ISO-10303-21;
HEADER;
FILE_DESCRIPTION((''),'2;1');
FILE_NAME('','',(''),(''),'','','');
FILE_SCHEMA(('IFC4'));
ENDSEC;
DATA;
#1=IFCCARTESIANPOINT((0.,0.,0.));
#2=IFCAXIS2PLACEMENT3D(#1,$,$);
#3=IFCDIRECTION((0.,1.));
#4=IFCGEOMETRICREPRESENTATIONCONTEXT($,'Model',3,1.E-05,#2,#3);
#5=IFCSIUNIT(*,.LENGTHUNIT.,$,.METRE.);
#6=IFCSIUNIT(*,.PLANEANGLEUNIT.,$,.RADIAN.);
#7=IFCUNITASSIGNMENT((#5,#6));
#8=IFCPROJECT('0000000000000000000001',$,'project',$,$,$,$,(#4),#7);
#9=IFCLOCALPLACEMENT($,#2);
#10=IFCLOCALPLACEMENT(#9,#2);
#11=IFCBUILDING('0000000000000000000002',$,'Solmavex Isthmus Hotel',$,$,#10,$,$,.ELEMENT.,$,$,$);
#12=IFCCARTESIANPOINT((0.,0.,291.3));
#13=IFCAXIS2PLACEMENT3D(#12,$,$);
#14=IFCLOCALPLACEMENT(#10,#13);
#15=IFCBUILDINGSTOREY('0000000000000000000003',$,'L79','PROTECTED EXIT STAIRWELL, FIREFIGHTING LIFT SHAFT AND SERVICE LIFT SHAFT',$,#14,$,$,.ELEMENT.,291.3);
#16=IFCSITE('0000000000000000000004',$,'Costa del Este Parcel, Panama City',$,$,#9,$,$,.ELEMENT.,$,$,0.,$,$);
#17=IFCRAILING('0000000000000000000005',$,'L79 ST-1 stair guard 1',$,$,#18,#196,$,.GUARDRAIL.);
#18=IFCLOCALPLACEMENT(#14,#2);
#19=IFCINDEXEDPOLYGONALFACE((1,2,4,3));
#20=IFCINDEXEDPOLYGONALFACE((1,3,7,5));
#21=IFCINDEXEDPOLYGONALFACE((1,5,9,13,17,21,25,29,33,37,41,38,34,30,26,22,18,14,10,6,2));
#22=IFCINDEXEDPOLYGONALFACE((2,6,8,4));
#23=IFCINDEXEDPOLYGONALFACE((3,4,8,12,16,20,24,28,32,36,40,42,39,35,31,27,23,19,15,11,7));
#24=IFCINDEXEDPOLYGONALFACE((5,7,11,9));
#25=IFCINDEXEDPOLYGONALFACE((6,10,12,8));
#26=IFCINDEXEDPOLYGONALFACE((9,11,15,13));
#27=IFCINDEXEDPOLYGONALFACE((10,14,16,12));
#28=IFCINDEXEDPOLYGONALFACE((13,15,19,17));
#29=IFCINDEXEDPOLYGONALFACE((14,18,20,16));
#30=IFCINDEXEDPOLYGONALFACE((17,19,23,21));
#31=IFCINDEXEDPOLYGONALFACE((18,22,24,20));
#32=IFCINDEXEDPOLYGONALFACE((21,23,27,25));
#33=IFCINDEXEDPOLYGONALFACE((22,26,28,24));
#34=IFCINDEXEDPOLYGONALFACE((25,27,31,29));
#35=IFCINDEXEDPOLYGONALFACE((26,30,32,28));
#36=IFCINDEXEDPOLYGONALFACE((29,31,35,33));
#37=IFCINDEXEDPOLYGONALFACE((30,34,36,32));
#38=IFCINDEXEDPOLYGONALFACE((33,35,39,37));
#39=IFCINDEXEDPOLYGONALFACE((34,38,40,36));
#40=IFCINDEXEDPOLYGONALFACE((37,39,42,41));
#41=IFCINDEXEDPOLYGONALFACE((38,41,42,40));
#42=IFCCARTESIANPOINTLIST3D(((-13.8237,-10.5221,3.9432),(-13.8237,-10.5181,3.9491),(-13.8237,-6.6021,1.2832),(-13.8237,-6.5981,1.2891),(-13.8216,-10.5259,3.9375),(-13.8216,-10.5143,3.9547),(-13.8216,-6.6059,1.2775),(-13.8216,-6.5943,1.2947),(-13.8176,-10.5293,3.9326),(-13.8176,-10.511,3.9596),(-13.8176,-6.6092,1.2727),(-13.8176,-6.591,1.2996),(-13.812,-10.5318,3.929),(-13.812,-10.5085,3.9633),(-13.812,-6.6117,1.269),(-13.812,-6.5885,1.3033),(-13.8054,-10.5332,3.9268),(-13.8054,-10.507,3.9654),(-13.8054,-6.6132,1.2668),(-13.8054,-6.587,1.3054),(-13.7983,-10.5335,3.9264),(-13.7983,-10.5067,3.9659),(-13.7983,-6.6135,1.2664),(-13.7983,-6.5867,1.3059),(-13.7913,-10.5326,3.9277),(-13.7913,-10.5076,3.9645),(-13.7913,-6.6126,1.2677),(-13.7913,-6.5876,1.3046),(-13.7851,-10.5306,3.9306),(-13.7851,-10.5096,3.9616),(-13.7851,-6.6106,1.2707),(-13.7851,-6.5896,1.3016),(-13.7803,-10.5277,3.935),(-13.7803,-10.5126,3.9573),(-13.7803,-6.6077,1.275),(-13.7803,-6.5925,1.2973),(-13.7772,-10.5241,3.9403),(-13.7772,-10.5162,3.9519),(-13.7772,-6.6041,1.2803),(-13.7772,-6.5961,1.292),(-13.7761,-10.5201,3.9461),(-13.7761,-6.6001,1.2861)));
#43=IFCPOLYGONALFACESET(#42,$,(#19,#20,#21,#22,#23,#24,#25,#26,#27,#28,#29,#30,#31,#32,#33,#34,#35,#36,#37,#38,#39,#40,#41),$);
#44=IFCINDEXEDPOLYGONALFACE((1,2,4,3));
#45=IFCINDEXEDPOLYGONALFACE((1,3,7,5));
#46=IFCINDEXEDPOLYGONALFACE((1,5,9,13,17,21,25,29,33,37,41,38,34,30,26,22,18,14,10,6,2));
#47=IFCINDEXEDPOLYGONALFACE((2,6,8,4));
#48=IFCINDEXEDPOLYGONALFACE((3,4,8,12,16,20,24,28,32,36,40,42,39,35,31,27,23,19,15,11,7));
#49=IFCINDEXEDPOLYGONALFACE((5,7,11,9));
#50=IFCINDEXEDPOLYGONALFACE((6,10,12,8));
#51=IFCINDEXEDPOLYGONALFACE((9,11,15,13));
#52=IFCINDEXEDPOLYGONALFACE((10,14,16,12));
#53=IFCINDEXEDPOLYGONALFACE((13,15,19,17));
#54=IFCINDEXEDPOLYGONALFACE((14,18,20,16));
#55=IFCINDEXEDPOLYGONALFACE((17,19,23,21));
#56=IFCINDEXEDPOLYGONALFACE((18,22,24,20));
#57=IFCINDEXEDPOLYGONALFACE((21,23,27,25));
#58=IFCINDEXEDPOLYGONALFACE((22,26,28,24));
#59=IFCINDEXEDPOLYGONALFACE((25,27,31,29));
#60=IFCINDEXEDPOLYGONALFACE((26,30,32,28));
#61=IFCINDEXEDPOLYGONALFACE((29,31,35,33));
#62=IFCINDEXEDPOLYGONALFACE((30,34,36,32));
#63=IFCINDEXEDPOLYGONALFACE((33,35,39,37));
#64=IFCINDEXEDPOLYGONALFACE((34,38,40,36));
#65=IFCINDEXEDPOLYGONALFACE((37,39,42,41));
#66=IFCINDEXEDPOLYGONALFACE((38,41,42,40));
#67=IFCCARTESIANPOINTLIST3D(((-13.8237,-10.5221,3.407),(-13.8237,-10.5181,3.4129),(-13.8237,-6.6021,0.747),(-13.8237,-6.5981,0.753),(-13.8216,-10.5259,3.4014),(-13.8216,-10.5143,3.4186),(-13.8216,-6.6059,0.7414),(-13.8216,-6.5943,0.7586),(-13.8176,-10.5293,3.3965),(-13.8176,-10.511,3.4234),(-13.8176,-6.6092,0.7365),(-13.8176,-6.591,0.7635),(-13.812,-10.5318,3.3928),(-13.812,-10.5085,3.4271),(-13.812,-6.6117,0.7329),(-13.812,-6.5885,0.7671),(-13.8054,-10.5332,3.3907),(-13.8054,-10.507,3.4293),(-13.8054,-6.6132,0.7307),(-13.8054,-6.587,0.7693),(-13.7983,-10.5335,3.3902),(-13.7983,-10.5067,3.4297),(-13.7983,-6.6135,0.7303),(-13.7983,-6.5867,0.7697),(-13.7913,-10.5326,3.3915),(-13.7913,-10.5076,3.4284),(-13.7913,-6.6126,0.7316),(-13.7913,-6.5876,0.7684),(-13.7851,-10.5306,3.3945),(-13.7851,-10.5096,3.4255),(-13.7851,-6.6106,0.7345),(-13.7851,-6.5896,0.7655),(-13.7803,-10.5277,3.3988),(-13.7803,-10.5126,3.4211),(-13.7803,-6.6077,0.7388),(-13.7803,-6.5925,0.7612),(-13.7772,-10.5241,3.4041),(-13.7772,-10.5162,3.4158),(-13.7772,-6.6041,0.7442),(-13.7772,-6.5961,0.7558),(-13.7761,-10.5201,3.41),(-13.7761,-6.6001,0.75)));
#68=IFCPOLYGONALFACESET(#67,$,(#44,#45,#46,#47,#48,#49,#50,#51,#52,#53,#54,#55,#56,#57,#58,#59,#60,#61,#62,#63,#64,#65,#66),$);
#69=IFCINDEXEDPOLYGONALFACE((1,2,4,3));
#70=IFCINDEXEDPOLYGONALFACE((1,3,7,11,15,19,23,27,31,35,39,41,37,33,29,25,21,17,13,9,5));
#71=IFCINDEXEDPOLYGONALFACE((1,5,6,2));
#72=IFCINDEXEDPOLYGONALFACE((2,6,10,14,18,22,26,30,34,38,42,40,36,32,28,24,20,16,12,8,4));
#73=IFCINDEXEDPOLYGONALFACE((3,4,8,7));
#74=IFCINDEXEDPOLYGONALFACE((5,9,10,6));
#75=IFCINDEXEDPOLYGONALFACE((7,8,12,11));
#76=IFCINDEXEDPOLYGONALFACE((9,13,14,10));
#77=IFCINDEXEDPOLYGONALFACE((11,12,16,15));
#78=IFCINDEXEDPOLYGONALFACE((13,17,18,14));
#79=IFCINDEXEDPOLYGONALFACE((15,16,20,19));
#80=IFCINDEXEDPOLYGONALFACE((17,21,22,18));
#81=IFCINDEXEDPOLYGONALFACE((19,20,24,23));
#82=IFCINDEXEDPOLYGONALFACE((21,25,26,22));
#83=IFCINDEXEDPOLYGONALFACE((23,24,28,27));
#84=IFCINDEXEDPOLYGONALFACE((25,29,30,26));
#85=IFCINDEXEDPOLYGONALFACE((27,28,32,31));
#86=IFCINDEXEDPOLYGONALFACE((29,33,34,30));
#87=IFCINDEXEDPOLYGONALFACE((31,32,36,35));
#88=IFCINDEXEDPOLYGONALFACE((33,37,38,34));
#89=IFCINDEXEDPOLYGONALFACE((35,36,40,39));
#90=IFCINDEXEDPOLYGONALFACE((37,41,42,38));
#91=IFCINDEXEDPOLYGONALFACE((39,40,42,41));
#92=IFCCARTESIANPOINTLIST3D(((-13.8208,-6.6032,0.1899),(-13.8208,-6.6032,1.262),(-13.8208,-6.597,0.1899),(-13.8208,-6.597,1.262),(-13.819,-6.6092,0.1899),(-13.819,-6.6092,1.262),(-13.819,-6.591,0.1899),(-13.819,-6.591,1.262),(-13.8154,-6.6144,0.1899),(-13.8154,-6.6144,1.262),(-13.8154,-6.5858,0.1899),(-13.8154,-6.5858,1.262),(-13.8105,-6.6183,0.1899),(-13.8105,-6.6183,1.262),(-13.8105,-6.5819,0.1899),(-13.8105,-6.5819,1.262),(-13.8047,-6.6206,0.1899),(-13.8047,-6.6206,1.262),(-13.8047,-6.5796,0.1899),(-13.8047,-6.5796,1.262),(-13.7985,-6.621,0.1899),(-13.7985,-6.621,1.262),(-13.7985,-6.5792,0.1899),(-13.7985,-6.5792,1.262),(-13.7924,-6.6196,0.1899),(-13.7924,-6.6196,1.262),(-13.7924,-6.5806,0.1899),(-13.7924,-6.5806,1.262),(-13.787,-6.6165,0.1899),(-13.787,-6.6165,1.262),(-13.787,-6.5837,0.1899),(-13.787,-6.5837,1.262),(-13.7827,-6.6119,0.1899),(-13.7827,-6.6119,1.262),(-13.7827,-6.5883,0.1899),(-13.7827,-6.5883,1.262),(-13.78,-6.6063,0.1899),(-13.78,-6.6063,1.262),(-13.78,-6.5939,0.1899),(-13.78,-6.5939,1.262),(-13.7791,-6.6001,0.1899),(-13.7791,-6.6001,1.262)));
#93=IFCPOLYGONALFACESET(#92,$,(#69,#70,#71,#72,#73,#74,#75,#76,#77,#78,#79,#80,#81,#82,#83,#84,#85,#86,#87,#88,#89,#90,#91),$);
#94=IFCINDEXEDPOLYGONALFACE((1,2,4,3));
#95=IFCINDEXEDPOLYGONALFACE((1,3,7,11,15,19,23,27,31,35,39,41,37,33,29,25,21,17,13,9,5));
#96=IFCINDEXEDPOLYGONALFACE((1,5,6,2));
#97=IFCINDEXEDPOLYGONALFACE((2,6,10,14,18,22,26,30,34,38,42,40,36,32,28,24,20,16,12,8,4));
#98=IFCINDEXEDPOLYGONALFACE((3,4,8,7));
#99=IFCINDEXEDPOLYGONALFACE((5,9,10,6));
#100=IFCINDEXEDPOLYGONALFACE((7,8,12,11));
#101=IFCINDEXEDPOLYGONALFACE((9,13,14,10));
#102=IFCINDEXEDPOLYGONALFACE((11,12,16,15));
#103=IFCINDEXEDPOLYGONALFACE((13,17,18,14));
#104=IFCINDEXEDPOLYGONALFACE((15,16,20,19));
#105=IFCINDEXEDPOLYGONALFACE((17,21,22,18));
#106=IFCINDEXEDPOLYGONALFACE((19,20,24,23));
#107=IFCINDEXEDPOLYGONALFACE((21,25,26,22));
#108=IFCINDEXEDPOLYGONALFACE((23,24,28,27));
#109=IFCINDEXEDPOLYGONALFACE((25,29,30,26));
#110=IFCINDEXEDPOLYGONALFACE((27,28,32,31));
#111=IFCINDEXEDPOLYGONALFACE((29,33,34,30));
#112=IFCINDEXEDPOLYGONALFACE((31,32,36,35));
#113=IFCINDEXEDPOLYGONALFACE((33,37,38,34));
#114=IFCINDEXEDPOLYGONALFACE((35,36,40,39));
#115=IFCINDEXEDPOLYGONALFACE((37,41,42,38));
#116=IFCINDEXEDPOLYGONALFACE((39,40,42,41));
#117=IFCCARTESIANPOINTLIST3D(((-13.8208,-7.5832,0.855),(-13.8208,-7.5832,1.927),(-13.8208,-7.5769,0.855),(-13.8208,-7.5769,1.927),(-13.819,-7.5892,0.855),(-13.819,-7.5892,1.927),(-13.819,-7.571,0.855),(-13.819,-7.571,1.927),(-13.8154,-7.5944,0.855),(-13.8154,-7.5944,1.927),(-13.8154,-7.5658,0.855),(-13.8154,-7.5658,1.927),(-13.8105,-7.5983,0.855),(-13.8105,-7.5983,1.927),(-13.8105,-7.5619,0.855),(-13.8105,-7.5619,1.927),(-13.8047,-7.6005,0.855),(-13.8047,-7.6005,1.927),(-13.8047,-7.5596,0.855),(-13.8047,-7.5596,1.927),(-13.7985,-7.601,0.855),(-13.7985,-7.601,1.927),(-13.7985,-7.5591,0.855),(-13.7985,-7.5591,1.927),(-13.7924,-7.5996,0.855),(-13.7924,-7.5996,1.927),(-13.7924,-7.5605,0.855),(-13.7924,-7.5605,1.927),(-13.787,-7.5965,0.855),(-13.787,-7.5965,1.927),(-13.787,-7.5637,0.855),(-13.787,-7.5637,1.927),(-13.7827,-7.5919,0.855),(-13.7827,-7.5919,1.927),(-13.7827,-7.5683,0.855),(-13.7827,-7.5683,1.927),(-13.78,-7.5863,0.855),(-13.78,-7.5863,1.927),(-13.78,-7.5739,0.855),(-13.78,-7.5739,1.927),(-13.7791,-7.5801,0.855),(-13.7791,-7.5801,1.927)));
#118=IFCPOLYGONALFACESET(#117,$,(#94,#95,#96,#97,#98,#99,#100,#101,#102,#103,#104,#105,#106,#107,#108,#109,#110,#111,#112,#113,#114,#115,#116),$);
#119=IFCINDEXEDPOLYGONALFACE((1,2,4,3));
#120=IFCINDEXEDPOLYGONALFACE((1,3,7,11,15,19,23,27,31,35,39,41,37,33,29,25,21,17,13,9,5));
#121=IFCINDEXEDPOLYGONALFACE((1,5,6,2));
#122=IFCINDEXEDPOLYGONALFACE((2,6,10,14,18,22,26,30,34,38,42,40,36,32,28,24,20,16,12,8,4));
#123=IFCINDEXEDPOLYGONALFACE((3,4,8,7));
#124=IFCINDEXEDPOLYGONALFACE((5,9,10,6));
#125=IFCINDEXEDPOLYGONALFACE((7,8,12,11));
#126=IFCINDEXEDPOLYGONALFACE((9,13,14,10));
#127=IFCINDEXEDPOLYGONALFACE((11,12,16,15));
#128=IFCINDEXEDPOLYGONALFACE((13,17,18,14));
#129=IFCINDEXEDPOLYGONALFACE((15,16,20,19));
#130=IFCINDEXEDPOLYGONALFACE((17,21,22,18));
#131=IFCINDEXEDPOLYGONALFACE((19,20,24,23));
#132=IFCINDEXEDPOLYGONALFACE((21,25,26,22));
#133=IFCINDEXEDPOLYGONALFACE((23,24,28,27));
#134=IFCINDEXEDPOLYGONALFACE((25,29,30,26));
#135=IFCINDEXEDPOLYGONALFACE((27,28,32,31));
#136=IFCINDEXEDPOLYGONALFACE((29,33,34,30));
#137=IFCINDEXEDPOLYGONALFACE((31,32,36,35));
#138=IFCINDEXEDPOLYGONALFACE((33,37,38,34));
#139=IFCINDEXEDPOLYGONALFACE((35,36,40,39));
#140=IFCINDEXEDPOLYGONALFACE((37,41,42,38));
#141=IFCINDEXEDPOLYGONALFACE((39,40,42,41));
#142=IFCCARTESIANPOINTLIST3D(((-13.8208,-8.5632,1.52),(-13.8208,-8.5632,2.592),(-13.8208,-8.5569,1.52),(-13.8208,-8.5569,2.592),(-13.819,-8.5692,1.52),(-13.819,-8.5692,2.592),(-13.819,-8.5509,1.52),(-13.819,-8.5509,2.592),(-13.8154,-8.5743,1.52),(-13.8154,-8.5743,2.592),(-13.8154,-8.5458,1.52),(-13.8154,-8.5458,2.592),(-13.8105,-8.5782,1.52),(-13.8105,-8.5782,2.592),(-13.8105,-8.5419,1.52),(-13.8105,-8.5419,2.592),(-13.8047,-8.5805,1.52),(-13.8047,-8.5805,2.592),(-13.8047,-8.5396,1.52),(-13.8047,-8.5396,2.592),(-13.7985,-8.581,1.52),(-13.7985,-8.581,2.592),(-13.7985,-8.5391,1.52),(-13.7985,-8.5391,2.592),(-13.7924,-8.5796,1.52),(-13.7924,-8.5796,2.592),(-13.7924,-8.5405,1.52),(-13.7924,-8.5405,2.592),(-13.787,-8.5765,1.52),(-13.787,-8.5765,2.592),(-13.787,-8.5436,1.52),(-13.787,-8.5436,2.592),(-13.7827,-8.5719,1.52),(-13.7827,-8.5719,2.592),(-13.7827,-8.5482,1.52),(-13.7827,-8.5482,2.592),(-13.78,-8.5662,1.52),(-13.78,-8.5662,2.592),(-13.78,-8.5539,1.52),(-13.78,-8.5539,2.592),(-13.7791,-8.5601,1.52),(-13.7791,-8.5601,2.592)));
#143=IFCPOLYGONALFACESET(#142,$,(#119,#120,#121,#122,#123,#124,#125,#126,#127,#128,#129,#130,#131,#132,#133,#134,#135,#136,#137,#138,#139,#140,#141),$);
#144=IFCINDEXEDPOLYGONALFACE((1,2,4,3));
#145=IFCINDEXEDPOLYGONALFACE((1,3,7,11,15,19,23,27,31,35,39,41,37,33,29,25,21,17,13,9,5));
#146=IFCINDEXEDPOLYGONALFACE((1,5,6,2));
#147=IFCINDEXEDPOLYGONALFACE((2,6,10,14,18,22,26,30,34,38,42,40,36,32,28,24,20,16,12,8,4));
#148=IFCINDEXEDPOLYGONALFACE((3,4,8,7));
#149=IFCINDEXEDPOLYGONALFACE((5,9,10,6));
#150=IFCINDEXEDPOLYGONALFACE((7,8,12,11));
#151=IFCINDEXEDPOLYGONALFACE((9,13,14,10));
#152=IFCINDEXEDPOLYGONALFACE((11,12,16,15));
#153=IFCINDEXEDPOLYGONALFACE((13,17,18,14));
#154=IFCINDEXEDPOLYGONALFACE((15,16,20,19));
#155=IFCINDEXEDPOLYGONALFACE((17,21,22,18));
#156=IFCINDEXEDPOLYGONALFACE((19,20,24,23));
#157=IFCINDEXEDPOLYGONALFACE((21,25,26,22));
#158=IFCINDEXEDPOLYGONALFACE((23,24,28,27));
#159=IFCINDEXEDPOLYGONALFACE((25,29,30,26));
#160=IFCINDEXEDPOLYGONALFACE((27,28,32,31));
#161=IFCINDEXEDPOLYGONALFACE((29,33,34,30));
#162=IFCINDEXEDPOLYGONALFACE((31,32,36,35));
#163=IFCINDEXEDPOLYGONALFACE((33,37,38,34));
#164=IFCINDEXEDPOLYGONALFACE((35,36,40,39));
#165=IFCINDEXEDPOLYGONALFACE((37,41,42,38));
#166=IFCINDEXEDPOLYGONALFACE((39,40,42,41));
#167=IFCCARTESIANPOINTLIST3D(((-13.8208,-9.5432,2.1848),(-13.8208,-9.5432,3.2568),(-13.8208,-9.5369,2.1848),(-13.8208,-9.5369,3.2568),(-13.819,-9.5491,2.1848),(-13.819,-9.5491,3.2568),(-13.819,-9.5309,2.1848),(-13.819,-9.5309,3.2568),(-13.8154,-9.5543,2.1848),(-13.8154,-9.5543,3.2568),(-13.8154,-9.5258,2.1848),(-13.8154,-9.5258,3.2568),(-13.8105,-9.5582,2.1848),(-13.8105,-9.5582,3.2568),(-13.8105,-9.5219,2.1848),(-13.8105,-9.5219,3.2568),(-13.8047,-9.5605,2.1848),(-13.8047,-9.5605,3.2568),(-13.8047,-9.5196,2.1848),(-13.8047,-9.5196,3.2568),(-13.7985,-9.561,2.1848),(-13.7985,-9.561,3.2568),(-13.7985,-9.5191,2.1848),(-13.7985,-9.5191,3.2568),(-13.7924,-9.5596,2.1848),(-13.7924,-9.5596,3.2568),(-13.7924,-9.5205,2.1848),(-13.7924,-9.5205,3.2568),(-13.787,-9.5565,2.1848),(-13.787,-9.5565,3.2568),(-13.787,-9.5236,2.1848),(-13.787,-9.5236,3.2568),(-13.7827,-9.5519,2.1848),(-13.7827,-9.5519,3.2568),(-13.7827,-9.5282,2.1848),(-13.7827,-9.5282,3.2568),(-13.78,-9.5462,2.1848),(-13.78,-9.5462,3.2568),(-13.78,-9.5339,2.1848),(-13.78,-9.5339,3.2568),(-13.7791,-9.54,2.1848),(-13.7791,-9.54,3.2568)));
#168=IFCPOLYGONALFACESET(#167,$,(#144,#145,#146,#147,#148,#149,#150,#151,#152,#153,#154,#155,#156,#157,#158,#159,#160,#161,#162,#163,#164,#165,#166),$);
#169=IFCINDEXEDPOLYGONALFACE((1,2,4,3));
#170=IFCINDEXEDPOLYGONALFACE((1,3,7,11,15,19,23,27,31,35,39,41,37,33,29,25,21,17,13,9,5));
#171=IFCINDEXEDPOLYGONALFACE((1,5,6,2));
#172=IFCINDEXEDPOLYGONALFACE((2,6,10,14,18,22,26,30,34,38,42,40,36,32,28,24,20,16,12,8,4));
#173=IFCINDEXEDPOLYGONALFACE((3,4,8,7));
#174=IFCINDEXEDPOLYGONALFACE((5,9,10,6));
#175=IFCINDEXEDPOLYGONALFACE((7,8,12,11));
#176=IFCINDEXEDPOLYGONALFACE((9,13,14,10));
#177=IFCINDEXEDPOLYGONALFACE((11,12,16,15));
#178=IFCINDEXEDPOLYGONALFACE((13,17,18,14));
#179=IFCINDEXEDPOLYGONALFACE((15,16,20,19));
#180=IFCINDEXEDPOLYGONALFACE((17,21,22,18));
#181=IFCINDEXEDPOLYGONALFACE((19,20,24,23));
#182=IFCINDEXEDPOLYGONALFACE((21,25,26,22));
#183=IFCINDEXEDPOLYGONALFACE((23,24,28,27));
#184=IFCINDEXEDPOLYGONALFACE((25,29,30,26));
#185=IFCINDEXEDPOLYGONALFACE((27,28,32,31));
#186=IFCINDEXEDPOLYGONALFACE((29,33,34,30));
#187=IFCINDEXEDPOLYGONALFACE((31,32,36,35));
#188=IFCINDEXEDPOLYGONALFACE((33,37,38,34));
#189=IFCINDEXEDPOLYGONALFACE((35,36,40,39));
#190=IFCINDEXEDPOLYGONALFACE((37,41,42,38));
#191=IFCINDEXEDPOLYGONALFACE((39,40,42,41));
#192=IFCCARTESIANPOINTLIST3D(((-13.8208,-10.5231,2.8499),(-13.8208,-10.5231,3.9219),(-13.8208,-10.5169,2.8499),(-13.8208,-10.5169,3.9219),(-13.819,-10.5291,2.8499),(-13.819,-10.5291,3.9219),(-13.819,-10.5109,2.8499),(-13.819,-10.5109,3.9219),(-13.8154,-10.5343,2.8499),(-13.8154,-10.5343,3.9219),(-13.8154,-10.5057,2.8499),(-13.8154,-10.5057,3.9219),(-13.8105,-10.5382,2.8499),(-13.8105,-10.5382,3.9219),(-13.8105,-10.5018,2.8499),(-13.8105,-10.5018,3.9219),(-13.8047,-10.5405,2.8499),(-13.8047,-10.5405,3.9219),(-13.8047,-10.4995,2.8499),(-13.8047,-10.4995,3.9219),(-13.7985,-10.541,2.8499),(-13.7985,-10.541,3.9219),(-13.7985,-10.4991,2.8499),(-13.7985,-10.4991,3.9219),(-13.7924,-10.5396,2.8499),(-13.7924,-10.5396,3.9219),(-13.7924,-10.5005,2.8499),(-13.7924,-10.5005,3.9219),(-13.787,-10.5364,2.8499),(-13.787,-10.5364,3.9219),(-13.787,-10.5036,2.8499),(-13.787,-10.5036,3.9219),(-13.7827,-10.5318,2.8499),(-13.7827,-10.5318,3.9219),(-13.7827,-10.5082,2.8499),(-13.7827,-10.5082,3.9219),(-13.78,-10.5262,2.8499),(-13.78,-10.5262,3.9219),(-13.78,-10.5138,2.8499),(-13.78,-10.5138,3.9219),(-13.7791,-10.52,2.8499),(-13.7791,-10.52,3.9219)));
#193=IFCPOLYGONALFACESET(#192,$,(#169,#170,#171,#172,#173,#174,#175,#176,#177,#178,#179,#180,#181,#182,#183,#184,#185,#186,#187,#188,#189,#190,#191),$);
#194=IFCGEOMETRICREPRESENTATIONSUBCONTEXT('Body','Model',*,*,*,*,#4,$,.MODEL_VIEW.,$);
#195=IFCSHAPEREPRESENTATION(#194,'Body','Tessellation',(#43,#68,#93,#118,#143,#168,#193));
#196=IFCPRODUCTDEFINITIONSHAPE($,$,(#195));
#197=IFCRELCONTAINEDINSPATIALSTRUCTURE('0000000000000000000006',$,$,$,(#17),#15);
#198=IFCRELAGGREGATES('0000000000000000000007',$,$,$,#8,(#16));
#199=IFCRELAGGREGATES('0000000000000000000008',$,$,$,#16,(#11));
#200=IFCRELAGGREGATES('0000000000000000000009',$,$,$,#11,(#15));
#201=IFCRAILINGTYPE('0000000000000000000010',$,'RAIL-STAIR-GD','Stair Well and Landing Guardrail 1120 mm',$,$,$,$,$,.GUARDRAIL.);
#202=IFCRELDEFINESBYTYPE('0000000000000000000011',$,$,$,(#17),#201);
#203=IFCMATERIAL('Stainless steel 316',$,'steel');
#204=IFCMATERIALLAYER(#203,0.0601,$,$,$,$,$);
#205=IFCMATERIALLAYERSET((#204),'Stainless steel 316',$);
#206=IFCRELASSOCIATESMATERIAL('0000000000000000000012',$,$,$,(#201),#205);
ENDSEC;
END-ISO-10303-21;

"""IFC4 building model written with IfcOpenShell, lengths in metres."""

from ifc_helpers import new_model, si_unit, direction, frame, origin, origin_2d, place, context, subcontext, project, spatial, circle, extrude, material, layer, layer_set, type_object, element, save


model = new_model("IFC4")

# Units and contexts
model_context = context("Model", 3, precision=1e-05, world=origin(), true_north=direction((0.0, 1.0)))
body_context = subcontext(model_context, "Body", "Model", "MODEL_VIEW")
ifc_project = project(units=[si_unit("LENGTHUNIT", "METRE"), si_unit("PLANEANGLEUNIT", "RADIAN")], contexts=[model_context])

# Site, building, storey
site_placement = place(None, origin())
site = spatial("IfcSite", under=ifc_project, at=site_placement, Name="Costa del Este Parcel, Panama City", CompositionType="ELEMENT", RefElevation=0.0)
building_placement = place(site_placement, origin())
building = spatial("IfcBuilding", under=site, at=building_placement, Name="Solmavex Isthmus Hotel", CompositionType="ELEMENT")
storey_placement = place(building_placement, frame((0.0, 0.0, 291.3)))
storey = spatial("IfcBuildingStorey", under=building, at=storey_placement, Name="L79", Description="PROTECTED EXIT STAIRWELL, FIREFIGHTING LIFT SHAFT AND SERVICE LIFT SHAFT", CompositionType="ELEMENT", Elevation=291.3)

# Shared definitions
ifc_material_1 = material(Name="Stainless steel 316", Category="steel")

# Railing
ifc_layer_1 = layer(ifc_material_1, 0.0601)
ifc_layer_set_1 = layer_set([ifc_layer_1], Name="Stainless steel 316")
railing_type_1 = type_object("IfcRailingType", Name="RAIL-STAIR-GD", Description="Stair Well and Landing Guardrail 1120 mm", PredefinedType="GUARDRAIL", material=ifc_layer_set_1)
railing_1_placement = place(storey_placement, frame((-13.8, -6.6001, 0.1899)))
element("IfcRailing", 1, at=railing_1_placement, inside=storey, type_object=railing_type_1, Name="L79 ST-1 stair guard 1", PredefinedType="GUARDRAIL", context=body_context, shape_type="SweptSolid", body=[
    extrude(circle(Radius=0.0239, at=origin_2d()), frame((0.0, 0.0, 1.0962), z_axis=(0.0, -0.827479, 0.561496), x_axis=(1.0, 0.0, 0.0)), (0.0, 0.0, 1.0), 4.7373),
    extrude(circle(Radius=0.0239, at=origin_2d()), frame((0.0, 0.0, 0.5601), z_axis=(0.0, -0.827479, 0.561496), x_axis=(1.0, 0.0, 0.0)), (0.0, 0.0, 1.0), 4.7373),
    extrude(circle(Radius=0.021, at=origin_2d()), origin(), (0.0, 0.0, 1.0), 1.072),
    extrude(circle(Radius=0.021, at=origin_2d()), frame((0.0, -0.98, 0.665)), (0.0, 0.0, 1.0), 1.072),
    extrude(circle(Radius=0.021, at=origin_2d()), frame((0.0, -1.96, 1.3301)), (0.0, 0.0, 1.0), 1.072),
    extrude(circle(Radius=0.021, at=origin_2d()), frame((0.0, -2.9399, 1.9949)), (0.0, 0.0, 1.0), 1.072),
    extrude(circle(Radius=0.021, at=origin_2d()), frame((0.0, -3.9199, 2.6599)), (0.0, 0.0, 1.0), 1.072),
])

save(model, "model.ifc")
